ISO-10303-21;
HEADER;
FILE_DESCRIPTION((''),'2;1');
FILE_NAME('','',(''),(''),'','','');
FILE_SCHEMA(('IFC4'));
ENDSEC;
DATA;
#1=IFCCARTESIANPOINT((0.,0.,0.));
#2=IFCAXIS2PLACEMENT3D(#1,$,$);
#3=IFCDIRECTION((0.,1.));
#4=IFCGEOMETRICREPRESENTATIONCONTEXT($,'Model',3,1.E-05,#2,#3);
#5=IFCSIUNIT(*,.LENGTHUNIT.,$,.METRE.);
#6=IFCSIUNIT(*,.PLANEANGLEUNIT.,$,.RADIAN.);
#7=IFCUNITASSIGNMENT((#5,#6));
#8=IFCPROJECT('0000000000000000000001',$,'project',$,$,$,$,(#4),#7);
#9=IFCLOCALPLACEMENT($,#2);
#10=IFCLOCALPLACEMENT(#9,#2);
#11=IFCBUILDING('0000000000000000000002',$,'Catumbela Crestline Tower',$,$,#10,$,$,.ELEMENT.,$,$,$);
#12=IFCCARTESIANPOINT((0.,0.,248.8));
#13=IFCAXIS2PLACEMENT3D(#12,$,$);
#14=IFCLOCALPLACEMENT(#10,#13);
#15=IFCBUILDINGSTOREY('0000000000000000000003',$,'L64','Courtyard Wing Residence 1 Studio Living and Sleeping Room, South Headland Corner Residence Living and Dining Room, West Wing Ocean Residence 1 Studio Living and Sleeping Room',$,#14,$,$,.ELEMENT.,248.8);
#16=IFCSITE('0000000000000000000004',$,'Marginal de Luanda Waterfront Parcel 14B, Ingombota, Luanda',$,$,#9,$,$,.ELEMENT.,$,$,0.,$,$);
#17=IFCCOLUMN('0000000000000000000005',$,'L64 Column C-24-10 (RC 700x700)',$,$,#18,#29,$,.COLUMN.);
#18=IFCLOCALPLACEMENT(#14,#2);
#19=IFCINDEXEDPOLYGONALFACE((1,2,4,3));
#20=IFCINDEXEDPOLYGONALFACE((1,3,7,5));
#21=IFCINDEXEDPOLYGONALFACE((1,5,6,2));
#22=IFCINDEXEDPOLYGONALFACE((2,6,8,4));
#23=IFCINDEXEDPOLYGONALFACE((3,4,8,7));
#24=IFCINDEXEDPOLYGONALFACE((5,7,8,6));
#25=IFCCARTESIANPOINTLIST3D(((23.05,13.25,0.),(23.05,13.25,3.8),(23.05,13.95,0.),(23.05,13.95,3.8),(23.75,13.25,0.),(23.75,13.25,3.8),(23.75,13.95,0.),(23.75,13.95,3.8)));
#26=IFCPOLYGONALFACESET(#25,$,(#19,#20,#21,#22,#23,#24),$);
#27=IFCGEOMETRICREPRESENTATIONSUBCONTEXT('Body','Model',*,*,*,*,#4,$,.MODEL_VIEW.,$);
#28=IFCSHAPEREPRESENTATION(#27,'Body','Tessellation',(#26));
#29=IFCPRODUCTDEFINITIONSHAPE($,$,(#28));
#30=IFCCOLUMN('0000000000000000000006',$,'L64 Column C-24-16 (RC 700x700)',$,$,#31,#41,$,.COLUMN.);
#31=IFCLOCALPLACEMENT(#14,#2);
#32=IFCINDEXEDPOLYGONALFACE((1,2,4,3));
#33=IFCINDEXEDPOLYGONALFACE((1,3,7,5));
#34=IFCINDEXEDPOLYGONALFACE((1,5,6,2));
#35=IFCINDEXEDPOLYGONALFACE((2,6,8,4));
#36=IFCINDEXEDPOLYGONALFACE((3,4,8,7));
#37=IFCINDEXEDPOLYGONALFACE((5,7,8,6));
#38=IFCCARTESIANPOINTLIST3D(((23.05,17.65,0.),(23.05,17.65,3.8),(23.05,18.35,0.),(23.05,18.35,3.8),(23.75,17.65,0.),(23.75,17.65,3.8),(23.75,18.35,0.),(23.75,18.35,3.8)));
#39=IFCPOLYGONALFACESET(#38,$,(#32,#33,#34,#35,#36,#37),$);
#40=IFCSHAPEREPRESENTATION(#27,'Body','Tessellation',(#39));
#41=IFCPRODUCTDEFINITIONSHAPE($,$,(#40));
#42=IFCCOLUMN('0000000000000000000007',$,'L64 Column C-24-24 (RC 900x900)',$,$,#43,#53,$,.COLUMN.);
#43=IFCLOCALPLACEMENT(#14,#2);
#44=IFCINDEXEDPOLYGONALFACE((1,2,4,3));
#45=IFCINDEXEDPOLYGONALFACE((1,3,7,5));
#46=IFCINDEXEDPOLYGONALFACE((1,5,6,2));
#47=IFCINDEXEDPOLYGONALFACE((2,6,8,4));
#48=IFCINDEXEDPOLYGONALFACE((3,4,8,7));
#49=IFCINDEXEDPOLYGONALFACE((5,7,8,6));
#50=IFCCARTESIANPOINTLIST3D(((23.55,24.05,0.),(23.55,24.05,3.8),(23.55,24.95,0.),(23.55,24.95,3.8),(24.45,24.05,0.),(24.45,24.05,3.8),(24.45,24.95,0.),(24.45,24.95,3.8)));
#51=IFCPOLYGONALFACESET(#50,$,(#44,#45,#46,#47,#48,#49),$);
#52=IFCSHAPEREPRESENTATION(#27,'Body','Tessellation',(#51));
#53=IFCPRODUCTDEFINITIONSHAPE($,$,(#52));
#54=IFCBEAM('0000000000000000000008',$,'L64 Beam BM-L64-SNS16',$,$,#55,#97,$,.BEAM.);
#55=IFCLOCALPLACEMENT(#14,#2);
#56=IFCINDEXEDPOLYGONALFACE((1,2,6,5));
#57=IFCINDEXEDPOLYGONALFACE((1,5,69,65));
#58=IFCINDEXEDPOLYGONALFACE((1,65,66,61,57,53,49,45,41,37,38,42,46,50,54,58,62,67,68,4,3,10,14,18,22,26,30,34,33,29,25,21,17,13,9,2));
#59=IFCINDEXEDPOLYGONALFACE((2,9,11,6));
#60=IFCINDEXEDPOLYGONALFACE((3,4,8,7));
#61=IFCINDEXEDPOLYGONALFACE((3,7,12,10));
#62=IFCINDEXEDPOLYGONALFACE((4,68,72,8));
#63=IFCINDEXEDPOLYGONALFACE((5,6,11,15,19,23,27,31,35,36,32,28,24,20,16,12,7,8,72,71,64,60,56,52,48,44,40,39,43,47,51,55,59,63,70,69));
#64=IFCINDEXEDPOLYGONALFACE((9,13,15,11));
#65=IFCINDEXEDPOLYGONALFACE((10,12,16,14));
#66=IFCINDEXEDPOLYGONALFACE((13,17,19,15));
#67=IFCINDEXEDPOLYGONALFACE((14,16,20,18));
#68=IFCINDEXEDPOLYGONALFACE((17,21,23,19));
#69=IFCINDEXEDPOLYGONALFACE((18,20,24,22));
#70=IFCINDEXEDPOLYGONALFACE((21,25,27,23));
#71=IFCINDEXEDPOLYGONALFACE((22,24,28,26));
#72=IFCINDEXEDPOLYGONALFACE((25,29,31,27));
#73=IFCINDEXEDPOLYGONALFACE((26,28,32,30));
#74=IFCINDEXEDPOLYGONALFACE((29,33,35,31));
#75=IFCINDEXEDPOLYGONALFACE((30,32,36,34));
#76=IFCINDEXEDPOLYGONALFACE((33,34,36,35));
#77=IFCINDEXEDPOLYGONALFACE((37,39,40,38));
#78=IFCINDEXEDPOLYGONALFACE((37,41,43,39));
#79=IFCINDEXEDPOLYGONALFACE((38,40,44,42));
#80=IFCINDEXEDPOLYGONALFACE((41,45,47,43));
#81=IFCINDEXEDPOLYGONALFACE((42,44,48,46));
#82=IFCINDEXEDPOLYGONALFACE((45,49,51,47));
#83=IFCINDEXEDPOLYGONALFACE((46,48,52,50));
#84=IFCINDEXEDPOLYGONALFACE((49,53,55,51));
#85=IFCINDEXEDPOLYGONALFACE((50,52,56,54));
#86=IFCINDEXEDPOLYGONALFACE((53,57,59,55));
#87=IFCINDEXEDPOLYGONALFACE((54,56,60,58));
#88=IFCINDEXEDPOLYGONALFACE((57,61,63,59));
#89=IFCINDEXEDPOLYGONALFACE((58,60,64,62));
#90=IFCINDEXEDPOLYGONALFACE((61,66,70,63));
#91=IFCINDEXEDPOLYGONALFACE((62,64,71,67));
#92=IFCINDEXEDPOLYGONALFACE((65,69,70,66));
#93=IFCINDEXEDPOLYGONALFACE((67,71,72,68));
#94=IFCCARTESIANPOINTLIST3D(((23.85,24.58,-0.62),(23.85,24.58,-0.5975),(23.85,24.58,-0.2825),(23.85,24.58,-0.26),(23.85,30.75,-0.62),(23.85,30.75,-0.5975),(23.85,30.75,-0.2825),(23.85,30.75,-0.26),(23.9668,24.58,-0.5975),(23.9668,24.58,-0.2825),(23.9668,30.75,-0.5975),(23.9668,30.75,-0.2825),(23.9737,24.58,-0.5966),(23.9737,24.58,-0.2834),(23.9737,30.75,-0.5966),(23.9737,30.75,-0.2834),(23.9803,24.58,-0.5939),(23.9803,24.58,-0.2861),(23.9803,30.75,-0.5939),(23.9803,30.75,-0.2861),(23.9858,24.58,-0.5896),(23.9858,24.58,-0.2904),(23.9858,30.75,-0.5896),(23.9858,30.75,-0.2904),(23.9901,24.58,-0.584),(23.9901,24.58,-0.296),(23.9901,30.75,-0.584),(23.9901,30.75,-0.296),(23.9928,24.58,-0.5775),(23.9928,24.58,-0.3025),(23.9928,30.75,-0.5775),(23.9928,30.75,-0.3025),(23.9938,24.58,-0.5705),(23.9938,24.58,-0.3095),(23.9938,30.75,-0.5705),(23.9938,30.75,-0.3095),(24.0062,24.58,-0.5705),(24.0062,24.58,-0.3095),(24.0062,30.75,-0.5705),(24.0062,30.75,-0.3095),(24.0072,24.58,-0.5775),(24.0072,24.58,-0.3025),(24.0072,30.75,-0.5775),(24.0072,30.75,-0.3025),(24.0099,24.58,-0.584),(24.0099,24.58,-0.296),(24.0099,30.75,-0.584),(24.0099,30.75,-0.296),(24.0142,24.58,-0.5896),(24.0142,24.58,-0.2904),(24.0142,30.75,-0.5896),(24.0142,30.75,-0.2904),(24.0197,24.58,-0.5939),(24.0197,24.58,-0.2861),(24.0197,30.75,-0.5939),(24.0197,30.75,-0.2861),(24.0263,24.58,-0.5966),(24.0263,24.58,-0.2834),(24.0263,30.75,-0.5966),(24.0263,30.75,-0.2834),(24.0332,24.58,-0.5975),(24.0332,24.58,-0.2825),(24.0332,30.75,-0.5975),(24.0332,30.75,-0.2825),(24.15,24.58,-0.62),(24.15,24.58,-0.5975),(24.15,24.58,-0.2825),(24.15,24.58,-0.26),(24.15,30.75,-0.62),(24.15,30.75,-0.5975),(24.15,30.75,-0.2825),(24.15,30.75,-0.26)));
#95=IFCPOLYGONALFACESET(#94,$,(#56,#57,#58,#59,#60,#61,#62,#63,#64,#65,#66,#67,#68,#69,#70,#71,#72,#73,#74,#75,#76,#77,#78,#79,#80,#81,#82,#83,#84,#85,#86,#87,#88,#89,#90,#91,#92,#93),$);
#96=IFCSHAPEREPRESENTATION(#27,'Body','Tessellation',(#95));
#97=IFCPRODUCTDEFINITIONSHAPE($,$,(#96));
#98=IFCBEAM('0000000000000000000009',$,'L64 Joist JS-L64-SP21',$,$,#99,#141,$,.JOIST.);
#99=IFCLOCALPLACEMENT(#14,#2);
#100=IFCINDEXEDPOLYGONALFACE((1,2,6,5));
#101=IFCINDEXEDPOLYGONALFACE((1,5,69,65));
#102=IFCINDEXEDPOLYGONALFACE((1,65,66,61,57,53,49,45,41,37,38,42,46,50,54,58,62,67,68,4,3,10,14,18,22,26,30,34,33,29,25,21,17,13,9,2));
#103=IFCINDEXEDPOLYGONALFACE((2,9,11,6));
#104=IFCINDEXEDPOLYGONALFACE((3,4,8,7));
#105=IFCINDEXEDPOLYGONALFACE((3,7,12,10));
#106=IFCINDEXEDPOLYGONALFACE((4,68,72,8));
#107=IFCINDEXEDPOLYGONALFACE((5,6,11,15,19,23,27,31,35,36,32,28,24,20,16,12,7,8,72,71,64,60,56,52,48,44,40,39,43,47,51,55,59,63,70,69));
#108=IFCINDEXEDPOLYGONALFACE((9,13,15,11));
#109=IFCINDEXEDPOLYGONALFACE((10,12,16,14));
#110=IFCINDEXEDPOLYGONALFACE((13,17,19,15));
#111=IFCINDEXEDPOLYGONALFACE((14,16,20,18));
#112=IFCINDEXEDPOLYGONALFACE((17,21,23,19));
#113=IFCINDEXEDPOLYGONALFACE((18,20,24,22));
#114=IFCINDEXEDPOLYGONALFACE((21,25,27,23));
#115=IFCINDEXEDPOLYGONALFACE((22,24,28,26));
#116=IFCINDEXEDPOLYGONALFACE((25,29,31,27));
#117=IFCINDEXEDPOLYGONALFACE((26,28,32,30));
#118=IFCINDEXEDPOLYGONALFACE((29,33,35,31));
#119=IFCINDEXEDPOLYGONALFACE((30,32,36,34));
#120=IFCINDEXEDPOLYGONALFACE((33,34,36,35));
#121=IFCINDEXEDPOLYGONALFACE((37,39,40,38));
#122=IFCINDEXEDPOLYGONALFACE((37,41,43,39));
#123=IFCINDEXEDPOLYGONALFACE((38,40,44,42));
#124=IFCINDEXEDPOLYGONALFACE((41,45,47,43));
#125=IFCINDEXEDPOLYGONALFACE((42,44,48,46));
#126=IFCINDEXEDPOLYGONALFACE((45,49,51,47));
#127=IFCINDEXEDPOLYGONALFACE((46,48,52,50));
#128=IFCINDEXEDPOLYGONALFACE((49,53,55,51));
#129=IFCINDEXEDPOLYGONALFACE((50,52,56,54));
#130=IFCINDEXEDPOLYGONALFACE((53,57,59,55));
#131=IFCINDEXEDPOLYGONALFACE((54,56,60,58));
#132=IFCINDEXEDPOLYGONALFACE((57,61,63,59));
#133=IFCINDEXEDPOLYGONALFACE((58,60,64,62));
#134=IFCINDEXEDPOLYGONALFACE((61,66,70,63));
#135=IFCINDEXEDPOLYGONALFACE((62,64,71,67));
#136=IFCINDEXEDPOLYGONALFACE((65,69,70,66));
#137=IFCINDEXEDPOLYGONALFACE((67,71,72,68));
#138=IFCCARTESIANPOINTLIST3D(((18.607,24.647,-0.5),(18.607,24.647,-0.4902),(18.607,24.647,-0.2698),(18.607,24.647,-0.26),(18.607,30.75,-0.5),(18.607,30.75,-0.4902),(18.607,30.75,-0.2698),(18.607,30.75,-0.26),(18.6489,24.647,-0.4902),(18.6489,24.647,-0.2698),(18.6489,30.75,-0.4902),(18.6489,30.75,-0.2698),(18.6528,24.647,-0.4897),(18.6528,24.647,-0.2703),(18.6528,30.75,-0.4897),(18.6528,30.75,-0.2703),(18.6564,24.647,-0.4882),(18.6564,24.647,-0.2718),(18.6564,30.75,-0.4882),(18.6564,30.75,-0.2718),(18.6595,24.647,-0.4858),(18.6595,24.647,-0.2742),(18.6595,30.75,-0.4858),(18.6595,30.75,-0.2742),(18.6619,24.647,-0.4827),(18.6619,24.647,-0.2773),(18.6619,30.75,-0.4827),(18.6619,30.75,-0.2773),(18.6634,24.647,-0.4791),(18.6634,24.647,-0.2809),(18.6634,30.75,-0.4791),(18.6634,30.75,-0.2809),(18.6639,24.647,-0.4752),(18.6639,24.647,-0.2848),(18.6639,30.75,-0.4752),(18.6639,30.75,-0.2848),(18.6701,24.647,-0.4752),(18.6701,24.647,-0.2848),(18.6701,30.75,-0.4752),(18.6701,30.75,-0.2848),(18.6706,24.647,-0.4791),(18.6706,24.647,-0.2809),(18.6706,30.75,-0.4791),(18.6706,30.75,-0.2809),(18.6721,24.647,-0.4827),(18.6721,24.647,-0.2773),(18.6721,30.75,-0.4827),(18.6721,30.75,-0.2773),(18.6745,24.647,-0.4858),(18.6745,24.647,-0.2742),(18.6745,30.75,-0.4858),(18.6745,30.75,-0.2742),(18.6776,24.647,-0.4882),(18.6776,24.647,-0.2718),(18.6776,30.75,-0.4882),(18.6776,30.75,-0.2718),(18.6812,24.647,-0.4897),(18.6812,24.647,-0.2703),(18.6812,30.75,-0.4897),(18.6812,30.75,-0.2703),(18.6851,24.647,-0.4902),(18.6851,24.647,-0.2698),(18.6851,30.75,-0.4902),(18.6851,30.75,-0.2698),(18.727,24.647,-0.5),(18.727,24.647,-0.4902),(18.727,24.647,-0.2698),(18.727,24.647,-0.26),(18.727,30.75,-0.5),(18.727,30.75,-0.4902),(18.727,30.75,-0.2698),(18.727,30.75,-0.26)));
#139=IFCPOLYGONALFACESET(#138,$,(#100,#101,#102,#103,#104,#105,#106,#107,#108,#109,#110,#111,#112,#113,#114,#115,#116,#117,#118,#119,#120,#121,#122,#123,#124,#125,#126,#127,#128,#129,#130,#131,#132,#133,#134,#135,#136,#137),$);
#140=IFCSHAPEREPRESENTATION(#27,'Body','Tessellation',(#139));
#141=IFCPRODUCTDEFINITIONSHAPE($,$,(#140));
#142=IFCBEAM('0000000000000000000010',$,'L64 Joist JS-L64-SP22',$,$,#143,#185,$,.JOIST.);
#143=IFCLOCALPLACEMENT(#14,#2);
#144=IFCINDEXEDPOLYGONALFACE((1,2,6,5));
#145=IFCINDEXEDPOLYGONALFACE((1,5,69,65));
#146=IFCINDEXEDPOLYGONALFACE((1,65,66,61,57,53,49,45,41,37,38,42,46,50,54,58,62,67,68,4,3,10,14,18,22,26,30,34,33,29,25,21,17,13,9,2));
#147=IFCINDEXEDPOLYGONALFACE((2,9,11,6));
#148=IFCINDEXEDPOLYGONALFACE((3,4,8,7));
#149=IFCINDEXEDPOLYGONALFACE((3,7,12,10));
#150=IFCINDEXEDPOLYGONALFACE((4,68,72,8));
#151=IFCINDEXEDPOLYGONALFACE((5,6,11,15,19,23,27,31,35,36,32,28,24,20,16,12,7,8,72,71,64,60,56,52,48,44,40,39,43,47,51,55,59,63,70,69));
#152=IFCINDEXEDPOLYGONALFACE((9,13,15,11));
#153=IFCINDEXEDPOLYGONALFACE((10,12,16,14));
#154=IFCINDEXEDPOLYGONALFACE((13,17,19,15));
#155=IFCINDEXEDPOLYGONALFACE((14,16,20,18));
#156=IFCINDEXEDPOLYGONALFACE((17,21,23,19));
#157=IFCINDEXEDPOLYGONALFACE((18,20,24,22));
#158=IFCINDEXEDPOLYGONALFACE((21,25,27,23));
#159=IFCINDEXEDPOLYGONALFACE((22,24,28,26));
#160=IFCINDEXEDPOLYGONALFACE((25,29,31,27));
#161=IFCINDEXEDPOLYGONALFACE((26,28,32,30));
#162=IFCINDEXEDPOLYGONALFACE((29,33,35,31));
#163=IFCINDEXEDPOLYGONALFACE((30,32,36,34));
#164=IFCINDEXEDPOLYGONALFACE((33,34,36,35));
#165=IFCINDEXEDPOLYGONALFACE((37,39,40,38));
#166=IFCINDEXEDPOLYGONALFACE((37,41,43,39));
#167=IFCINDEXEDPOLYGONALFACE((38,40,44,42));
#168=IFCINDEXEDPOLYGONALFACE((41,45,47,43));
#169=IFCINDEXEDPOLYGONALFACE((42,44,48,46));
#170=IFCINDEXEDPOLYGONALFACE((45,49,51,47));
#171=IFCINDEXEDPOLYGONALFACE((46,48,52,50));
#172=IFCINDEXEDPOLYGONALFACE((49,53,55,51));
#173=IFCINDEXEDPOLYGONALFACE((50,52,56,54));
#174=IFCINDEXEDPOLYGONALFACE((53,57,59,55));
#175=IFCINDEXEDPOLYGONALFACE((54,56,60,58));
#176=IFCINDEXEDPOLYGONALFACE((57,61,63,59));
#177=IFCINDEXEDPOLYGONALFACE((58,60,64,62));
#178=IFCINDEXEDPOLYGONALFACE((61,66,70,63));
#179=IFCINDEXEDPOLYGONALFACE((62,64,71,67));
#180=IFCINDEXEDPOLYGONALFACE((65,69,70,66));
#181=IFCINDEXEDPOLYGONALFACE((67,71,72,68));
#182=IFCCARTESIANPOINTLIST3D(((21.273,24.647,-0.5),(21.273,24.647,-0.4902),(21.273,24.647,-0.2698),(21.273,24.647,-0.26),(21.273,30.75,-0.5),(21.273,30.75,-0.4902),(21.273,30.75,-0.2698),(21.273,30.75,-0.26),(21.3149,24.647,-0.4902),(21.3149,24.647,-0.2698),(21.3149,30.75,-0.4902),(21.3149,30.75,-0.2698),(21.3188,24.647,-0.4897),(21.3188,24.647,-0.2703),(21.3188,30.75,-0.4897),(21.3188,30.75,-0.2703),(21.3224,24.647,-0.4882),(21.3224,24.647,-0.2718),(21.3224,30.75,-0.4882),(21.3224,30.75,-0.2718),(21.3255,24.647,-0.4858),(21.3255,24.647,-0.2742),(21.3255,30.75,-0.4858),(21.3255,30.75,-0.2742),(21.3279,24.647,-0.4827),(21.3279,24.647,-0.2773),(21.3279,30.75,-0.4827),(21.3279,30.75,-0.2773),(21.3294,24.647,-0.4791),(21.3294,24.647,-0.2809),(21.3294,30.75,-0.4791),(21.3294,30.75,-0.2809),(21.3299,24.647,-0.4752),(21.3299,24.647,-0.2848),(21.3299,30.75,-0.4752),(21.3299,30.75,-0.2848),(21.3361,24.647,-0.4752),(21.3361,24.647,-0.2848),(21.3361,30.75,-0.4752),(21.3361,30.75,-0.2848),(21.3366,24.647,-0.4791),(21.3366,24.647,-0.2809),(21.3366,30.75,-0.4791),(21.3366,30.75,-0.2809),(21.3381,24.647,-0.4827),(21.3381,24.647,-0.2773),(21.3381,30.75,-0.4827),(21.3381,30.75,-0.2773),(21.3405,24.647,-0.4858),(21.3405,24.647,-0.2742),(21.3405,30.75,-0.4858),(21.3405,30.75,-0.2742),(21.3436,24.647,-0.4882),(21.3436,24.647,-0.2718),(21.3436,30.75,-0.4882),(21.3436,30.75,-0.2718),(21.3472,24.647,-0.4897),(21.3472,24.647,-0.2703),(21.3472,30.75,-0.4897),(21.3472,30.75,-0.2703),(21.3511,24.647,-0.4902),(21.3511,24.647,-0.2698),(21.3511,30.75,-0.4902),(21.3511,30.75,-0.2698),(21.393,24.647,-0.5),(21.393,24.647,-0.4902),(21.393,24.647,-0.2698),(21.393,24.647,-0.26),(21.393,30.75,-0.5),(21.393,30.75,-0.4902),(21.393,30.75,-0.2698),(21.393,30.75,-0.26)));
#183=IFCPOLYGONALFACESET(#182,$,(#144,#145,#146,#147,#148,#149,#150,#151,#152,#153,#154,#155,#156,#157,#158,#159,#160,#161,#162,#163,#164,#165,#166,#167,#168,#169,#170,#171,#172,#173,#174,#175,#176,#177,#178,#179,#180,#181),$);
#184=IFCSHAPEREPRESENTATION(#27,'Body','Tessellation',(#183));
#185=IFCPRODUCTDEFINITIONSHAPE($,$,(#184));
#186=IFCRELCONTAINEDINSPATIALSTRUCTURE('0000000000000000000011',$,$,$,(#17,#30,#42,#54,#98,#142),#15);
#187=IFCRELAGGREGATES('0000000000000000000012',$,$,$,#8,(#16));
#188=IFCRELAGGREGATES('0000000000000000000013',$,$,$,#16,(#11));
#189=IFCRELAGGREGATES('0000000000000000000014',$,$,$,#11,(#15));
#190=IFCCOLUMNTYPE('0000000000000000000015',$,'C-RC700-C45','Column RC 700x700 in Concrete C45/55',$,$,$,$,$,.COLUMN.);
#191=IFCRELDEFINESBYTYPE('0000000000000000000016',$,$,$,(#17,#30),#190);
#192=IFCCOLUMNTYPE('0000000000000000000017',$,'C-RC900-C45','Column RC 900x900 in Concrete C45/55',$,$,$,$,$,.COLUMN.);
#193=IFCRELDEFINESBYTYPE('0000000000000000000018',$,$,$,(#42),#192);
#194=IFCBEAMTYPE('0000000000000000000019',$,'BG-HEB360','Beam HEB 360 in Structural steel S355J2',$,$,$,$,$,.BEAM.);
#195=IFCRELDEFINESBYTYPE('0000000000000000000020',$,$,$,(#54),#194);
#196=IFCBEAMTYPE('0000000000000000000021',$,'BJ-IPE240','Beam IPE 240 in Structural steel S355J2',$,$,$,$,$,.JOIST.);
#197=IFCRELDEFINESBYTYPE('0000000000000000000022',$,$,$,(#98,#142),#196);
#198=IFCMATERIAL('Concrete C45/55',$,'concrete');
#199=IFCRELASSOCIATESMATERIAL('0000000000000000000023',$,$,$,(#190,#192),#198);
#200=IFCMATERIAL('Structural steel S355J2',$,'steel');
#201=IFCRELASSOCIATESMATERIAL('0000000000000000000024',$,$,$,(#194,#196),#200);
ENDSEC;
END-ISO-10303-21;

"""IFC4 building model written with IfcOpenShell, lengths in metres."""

from ifc_helpers import new_model, si_unit, direction, frame, origin, origin_2d, place, context, subcontext, project, spatial, rectangle, i_section, extrude, material, material_profile, profile_set, type_object, element, save


model = new_model("IFC4")

# Units and contexts
model_context = context("Model", 3, precision=1e-05, world=origin(), true_north=direction((0.0, 1.0)))
body_context = subcontext(model_context, "Body", "Model", "MODEL_VIEW")
ifc_project = project(units=[si_unit("LENGTHUNIT", "METRE"), si_unit("PLANEANGLEUNIT", "RADIAN")], contexts=[model_context])

# Site, building, storey
site_placement = place(None, origin())
site = spatial("IfcSite", under=ifc_project, at=site_placement, Name="Marginal de Luanda Waterfront Parcel 14B, Ingombota, Luanda", CompositionType="ELEMENT", RefElevation=0.0)
building_placement = place(site_placement, origin())
building = spatial("IfcBuilding", under=site, at=building_placement, Name="Catumbela Crestline Tower", CompositionType="ELEMENT")
storey_placement = place(building_placement, frame((0.0, 0.0, 248.8)))
storey = spatial("IfcBuildingStorey", under=building, at=storey_placement, Name="L64", Description="Courtyard Wing Residence 1 Studio Living and Sleeping Room, South Headland Corner Residence Living and Dining Room, West Wing Ocean Residence 1 Studio Living and Sleeping Room", CompositionType="ELEMENT", Elevation=248.8)

# Columns
ifc_material_1 = material(Name="Concrete C45/55", Category="concrete")
ifc_material_profile_1 = material_profile(ifc_material_1, rectangle(XDim=0.7, YDim=0.7, at=origin_2d()), Name="RC 700x700")
ifc_profile_set_1 = profile_set([ifc_material_profile_1], Name="Concrete C45/55")
column_type_1 = type_object("IfcColumnType", Name="C-RC700-C45", Description="Column RC 700x700 in Concrete C45/55", PredefinedType="COLUMN", material=ifc_profile_set_1)
for number, where, z_axis, x_axis, name in (
    (1, (23.4, 13.6, 0.0), (0.0, 0.0, 1.0), (1.0, 0.0, 0.0), "L64 Column C-24-10 (RC 700x700)"),
    (2, (23.4, 18.0, 0.0), (0.0, 0.0, 1.0), (1.0, 0.0, 0.0), "L64 Column C-24-16 (RC 700x700)"),
):
    element("IfcColumn", number, at=place(storey_placement, frame(where, z_axis=z_axis, x_axis=x_axis)), inside=storey, type_object=column_type_1, Name=name, PredefinedType="COLUMN", context=body_context, shape_type="SweptSolid", body=[
        extrude(rectangle(XDim=0.7, YDim=0.7, at=origin_2d()), origin(), (0.0, 0.0, 1.0), 3.8),
    ])
ifc_material_profile_2 = material_profile(ifc_material_1, rectangle(XDim=0.9, YDim=0.9, at=origin_2d()), Name="RC 900x900")
ifc_profile_set_2 = profile_set([ifc_material_profile_2], Name="Concrete C45/55")
column_type_2 = type_object("IfcColumnType", Name="C-RC900-C45", Description="Column RC 900x900 in Concrete C45/55", PredefinedType="COLUMN", material=ifc_profile_set_2)
column_placement = place(storey_placement, frame((24.0, 24.5, 0.0), z_axis=(0.0, 0.0, 1.0), x_axis=(1.0, 0.0, 0.0)))
element("IfcColumn", 3, at=column_placement, inside=storey, type_object=column_type_2, Name="L64 Column C-24-24 (RC 900x900)", PredefinedType="COLUMN", context=body_context, shape_type="SweptSolid", body=[
    extrude(rectangle(XDim=0.9, YDim=0.9, at=origin_2d()), origin(), (0.0, 0.0, 1.0), 3.8),
])

# Beams
ifc_material_2 = material(Name="Structural steel S355J2", Category="steel")
ifc_material_profile_3 = material_profile(ifc_material_2, i_section(OverallWidth=0.3, OverallDepth=0.36, WebThickness=0.0125, FlangeThickness=0.0225, FilletRadius=0.027, at=origin_2d()), Name="HEB 360")
ifc_profile_set_3 = profile_set([ifc_material_profile_3], Name="Structural steel S355J2")
beam_type_1 = type_object("IfcBeamType", Name="BG-HEB360", Description="Beam HEB 360 in Structural steel S355J2", PredefinedType="BEAM", material=ifc_profile_set_3)
beam_1_placement = place(storey_placement, frame((24.0, 24.58, -0.44), z_axis=(0.0, 1.0, 0.0), x_axis=(-1.0, 0.0, 0.0)))
element("IfcBeam", 4, at=beam_1_placement, inside=storey, type_object=beam_type_1, Name="L64 Beam BM-L64-SNS16", PredefinedType="BEAM", context=body_context, shape_type="SweptSolid", body=[
    extrude(i_section(OverallWidth=0.3, OverallDepth=0.36, WebThickness=0.0125, FlangeThickness=0.0225, FilletRadius=0.027, at=origin_2d()), origin(), (0.0, 0.0, 1.0), 6.17),
])
ifc_material_profile_4 = material_profile(ifc_material_2, i_section(OverallWidth=0.12, OverallDepth=0.24, WebThickness=0.0062, FlangeThickness=0.0098, FilletRadius=0.015, at=origin_2d()), Name="IPE 240")
ifc_profile_set_4 = profile_set([ifc_material_profile_4], Name="Structural steel S355J2")
beam_type_2 = type_object("IfcBeamType", Name="BJ-IPE240", Description="Beam IPE 240 in Structural steel S355J2", PredefinedType="JOIST", material=ifc_profile_set_4)
for number, where, z_axis, x_axis, name in (
    (5, (18.667, 24.647, -0.38), (0.0, 1.0, 0.0), (-1.0, 0.0, 0.0), "L64 Joist JS-L64-SP21"),
    (6, (21.333, 24.647, -0.38), (0.0, 1.0, 0.0), (-1.0, 0.0, 0.0), "L64 Joist JS-L64-SP22"),
):
    element("IfcBeam", number, at=place(storey_placement, frame(where, z_axis=z_axis, x_axis=x_axis)), inside=storey, type_object=beam_type_2, Name=name, PredefinedType="JOIST", context=body_context, shape_type="SweptSolid", body=[
        extrude(i_section(OverallWidth=0.12, OverallDepth=0.24, WebThickness=0.0062, FlangeThickness=0.0098, FilletRadius=0.015, at=origin_2d()), origin(), (0.0, 0.0, 1.0), 6.103),
    ])

save(model, "model.ifc")
